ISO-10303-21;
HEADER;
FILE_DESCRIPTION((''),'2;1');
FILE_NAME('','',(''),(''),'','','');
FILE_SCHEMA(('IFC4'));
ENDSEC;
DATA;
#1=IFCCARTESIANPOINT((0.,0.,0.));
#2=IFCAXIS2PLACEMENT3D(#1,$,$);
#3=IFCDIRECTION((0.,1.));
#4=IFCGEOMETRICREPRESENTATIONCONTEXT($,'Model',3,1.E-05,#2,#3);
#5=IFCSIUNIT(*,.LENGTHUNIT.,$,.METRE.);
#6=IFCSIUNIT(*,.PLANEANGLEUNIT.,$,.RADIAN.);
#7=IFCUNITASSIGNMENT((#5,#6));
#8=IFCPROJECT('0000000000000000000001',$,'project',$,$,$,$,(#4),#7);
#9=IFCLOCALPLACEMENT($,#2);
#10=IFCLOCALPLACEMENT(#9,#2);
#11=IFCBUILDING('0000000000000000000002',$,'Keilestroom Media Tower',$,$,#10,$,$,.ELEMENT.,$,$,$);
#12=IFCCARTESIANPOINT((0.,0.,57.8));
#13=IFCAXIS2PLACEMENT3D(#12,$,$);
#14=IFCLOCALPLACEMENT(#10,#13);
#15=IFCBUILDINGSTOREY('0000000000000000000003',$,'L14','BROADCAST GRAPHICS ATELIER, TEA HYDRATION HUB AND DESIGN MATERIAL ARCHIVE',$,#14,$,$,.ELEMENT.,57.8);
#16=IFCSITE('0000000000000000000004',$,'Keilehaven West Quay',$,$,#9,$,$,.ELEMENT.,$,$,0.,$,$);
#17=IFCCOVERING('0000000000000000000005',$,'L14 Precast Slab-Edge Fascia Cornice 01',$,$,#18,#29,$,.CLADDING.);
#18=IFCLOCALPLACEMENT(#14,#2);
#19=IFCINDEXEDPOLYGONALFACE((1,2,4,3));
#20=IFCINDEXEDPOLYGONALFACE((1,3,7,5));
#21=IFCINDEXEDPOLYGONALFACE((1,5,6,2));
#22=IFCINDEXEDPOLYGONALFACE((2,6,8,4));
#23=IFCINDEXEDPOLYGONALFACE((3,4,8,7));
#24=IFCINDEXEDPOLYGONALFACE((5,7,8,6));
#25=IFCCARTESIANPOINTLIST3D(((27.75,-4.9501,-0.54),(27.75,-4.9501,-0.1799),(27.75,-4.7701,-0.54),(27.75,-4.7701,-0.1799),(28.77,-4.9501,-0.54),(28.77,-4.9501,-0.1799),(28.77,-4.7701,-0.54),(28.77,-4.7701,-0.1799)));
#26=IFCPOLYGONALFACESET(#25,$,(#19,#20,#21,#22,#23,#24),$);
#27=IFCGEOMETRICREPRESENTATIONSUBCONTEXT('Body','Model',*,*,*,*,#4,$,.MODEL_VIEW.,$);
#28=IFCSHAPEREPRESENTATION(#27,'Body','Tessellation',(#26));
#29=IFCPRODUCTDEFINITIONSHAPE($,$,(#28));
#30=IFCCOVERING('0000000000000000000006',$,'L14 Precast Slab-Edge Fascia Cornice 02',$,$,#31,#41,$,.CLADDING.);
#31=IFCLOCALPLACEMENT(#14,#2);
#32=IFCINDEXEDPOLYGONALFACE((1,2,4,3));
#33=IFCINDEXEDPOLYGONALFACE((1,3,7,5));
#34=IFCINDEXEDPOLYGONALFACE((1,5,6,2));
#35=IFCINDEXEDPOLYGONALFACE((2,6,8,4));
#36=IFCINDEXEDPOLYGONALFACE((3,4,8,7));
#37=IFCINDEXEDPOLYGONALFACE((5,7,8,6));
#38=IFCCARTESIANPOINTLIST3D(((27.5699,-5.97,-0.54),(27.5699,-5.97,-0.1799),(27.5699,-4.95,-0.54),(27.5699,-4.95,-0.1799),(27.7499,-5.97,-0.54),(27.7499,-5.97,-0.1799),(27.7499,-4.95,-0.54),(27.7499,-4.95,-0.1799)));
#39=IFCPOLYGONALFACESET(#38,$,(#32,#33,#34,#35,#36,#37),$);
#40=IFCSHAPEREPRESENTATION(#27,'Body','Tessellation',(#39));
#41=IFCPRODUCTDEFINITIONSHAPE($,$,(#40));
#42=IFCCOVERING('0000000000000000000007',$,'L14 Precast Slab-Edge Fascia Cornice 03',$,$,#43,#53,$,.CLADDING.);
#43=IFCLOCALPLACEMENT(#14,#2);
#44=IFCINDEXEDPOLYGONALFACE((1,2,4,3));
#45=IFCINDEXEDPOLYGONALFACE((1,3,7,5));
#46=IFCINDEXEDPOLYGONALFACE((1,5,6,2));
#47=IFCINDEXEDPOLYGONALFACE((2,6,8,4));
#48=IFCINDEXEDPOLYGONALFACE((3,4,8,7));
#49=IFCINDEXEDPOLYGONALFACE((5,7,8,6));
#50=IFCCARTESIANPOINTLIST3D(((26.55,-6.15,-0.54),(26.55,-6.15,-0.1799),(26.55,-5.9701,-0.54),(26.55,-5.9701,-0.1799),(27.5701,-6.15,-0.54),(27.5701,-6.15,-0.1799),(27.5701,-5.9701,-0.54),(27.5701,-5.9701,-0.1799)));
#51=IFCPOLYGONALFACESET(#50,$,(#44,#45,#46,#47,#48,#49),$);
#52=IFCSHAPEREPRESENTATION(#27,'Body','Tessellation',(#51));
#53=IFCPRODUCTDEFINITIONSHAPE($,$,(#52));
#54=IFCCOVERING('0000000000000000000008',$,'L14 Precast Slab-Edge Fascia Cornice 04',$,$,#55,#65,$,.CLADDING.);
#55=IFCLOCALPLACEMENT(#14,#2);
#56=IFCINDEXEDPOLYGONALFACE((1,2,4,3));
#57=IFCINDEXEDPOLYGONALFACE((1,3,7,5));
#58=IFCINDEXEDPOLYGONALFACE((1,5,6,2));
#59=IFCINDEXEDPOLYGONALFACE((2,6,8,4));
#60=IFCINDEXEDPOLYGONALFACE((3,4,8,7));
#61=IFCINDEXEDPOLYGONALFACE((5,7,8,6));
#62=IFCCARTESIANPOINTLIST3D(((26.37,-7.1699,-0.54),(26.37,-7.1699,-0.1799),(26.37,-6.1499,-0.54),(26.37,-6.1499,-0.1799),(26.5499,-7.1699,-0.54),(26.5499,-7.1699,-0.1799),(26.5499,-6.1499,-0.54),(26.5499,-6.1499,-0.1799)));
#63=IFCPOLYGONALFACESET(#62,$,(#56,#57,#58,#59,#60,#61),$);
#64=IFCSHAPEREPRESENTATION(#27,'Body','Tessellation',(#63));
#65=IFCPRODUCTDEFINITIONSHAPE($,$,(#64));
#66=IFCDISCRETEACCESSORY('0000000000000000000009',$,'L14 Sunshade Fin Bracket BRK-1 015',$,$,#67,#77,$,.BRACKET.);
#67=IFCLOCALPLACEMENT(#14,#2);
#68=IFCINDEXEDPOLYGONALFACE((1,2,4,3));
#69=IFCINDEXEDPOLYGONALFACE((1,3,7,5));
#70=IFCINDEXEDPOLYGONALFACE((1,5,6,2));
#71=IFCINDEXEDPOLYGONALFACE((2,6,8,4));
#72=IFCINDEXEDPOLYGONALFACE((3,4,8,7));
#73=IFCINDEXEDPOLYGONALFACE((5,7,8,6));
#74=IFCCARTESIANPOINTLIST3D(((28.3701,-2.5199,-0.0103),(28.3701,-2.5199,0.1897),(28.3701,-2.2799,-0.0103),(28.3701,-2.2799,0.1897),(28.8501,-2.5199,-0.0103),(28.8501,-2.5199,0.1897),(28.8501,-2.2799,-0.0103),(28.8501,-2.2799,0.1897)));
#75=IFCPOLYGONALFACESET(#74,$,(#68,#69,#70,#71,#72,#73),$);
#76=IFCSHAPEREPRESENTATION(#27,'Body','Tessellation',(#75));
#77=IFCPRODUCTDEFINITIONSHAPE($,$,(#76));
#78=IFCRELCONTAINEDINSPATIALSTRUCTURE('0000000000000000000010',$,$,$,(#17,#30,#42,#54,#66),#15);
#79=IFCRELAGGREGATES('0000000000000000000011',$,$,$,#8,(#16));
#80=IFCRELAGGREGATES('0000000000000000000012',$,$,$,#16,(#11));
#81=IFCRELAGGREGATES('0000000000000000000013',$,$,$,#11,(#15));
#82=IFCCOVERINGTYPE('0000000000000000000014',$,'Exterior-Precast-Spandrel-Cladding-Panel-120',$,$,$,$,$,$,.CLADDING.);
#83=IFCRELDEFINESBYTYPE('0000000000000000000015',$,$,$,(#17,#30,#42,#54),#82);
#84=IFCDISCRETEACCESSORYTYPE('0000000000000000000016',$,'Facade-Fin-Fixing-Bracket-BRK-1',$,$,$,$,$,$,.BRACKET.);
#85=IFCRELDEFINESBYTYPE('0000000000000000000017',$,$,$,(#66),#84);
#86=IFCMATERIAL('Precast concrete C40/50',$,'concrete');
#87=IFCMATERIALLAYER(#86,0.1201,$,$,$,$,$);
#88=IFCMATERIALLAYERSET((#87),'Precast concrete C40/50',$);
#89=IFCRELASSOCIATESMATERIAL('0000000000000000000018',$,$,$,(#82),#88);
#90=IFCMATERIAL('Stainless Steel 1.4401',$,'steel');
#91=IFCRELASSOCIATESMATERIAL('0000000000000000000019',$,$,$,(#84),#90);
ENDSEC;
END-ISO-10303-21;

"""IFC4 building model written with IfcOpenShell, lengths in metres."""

from ifc_helpers import new_model, si_unit, direction, frame, origin, origin_2d, place, context, subcontext, project, spatial, rectangle, extrude, source, transform, mapped, material, layer, layer_set, type_object, element, save


model = new_model("IFC4")

# Units and contexts
model_context = context("Model", 3, precision=1e-05, world=origin(), true_north=direction((0.0, 1.0)))
body_context = subcontext(model_context, "Body", "Model", "MODEL_VIEW")
ifc_project = project(units=[si_unit("LENGTHUNIT", "METRE"), si_unit("PLANEANGLEUNIT", "RADIAN")], contexts=[model_context])

# Site, building, storey
site_placement = place(None, origin())
site = spatial("IfcSite", under=ifc_project, at=site_placement, Name="Keilehaven West Quay", CompositionType="ELEMENT", RefElevation=0.0)
building_placement = place(site_placement, origin())
building = spatial("IfcBuilding", under=site, at=building_placement, Name="Keilestroom Media Tower", CompositionType="ELEMENT")
storey_placement = place(building_placement, frame((0.0, 0.0, 57.8)))
storey = spatial("IfcBuildingStorey", under=building, at=storey_placement, Name="L14", Description="BROADCAST GRAPHICS ATELIER, TEA HYDRATION HUB AND DESIGN MATERIAL ARCHIVE", CompositionType="ELEMENT", Elevation=57.8)

# Shared definitions
ifc_material_1 = material(Name="Precast concrete C40/50", Category="concrete")

# Coverings
ifc_layer_1 = layer(ifc_material_1, 0.1201)
ifc_layer_set_1 = layer_set([ifc_layer_1], Name="Precast concrete C40/50")
covering_type = type_object("IfcCoveringType", Name="Exterior-Precast-Spandrel-Cladding-Panel-120", PredefinedType="CLADDING", material=ifc_layer_set_1)
shared_shape_1 = source(origin(), body_context, "Body", "SweptSolid", [
    extrude(rectangle(XDim=1.02, YDim=0.1799, at=origin_2d()), origin(), (0.0, 0.0, 1.0), 0.3601),
])
for number, where, z_axis, x_axis, name in (
    (1, (28.26, -4.8601, -0.54), (0.0, 0.0, 1.0), (-1.0, 0.0, 0.0), "L14 Precast Slab-Edge Fascia Cornice 01"),
    (2, (27.6599, -5.46, -0.54), (0.0, 0.0, 1.0), (0.0, -1.0, 0.0), "L14 Precast Slab-Edge Fascia Cornice 02"),
    (3, (27.0601, -6.0601, -0.54), (0.0, 0.0, 1.0), (-1.0, 0.0, 0.0), "L14 Precast Slab-Edge Fascia Cornice 03"),
    (4, (26.46, -6.6599, -0.54), (0.0, 0.0, 1.0), (0.0, -1.0, 0.0), "L14 Precast Slab-Edge Fascia Cornice 04"),
):
    element("IfcCovering", number, at=place(storey_placement, frame(where, z_axis=z_axis, x_axis=x_axis)), inside=storey, type_object=covering_type, Name=name, PredefinedType="CLADDING", context=body_context, shape_type="MappedRepresentation", body=[
        mapped(shared_shape_1, transform((0.0, 0.0, 0.0), x_axis=(1.0, 0.0, 0.0), y_axis=(0.0, 1.0, 0.0), z_axis=(0.0, 0.0, 1.0), scale=1.0)),
    ])

# Discrete accessory
ifc_material_2 = material(Name="Stainless Steel 1.4401", Category="steel")
discrete_accessory_type = type_object("IfcDiscreteAccessoryType", Name="Facade-Fin-Fixing-Bracket-BRK-1", PredefinedType="BRACKET", material=ifc_material_2)
shared_shape_2 = source(origin(), body_context, "Body", "SweptSolid", [
    extrude(rectangle(XDim=0.48, YDim=0.24, at=origin_2d()), origin(), (0.0, 0.0, 1.0), 0.2),
])
discrete_accessory_placement = place(storey_placement, frame((28.6101, -2.3999, -0.0103), z_axis=(0.0, 0.0, 1.0), x_axis=(1.0, 0.0, 0.0)))
element("IfcDiscreteAccessory", 5, at=discrete_accessory_placement, inside=storey, type_object=discrete_accessory_type, Name="L14 Sunshade Fin Bracket BRK-1 015", PredefinedType="BRACKET", context=body_context, shape_type="MappedRepresentation", body=[
    mapped(shared_shape_2, transform((0.0, 0.0, 0.0), x_axis=(1.0, 0.0, 0.0), y_axis=(0.0, 1.0, 0.0), z_axis=(0.0, 0.0, 1.0), scale=1.0)),
])

save(model, "model.ifc")
